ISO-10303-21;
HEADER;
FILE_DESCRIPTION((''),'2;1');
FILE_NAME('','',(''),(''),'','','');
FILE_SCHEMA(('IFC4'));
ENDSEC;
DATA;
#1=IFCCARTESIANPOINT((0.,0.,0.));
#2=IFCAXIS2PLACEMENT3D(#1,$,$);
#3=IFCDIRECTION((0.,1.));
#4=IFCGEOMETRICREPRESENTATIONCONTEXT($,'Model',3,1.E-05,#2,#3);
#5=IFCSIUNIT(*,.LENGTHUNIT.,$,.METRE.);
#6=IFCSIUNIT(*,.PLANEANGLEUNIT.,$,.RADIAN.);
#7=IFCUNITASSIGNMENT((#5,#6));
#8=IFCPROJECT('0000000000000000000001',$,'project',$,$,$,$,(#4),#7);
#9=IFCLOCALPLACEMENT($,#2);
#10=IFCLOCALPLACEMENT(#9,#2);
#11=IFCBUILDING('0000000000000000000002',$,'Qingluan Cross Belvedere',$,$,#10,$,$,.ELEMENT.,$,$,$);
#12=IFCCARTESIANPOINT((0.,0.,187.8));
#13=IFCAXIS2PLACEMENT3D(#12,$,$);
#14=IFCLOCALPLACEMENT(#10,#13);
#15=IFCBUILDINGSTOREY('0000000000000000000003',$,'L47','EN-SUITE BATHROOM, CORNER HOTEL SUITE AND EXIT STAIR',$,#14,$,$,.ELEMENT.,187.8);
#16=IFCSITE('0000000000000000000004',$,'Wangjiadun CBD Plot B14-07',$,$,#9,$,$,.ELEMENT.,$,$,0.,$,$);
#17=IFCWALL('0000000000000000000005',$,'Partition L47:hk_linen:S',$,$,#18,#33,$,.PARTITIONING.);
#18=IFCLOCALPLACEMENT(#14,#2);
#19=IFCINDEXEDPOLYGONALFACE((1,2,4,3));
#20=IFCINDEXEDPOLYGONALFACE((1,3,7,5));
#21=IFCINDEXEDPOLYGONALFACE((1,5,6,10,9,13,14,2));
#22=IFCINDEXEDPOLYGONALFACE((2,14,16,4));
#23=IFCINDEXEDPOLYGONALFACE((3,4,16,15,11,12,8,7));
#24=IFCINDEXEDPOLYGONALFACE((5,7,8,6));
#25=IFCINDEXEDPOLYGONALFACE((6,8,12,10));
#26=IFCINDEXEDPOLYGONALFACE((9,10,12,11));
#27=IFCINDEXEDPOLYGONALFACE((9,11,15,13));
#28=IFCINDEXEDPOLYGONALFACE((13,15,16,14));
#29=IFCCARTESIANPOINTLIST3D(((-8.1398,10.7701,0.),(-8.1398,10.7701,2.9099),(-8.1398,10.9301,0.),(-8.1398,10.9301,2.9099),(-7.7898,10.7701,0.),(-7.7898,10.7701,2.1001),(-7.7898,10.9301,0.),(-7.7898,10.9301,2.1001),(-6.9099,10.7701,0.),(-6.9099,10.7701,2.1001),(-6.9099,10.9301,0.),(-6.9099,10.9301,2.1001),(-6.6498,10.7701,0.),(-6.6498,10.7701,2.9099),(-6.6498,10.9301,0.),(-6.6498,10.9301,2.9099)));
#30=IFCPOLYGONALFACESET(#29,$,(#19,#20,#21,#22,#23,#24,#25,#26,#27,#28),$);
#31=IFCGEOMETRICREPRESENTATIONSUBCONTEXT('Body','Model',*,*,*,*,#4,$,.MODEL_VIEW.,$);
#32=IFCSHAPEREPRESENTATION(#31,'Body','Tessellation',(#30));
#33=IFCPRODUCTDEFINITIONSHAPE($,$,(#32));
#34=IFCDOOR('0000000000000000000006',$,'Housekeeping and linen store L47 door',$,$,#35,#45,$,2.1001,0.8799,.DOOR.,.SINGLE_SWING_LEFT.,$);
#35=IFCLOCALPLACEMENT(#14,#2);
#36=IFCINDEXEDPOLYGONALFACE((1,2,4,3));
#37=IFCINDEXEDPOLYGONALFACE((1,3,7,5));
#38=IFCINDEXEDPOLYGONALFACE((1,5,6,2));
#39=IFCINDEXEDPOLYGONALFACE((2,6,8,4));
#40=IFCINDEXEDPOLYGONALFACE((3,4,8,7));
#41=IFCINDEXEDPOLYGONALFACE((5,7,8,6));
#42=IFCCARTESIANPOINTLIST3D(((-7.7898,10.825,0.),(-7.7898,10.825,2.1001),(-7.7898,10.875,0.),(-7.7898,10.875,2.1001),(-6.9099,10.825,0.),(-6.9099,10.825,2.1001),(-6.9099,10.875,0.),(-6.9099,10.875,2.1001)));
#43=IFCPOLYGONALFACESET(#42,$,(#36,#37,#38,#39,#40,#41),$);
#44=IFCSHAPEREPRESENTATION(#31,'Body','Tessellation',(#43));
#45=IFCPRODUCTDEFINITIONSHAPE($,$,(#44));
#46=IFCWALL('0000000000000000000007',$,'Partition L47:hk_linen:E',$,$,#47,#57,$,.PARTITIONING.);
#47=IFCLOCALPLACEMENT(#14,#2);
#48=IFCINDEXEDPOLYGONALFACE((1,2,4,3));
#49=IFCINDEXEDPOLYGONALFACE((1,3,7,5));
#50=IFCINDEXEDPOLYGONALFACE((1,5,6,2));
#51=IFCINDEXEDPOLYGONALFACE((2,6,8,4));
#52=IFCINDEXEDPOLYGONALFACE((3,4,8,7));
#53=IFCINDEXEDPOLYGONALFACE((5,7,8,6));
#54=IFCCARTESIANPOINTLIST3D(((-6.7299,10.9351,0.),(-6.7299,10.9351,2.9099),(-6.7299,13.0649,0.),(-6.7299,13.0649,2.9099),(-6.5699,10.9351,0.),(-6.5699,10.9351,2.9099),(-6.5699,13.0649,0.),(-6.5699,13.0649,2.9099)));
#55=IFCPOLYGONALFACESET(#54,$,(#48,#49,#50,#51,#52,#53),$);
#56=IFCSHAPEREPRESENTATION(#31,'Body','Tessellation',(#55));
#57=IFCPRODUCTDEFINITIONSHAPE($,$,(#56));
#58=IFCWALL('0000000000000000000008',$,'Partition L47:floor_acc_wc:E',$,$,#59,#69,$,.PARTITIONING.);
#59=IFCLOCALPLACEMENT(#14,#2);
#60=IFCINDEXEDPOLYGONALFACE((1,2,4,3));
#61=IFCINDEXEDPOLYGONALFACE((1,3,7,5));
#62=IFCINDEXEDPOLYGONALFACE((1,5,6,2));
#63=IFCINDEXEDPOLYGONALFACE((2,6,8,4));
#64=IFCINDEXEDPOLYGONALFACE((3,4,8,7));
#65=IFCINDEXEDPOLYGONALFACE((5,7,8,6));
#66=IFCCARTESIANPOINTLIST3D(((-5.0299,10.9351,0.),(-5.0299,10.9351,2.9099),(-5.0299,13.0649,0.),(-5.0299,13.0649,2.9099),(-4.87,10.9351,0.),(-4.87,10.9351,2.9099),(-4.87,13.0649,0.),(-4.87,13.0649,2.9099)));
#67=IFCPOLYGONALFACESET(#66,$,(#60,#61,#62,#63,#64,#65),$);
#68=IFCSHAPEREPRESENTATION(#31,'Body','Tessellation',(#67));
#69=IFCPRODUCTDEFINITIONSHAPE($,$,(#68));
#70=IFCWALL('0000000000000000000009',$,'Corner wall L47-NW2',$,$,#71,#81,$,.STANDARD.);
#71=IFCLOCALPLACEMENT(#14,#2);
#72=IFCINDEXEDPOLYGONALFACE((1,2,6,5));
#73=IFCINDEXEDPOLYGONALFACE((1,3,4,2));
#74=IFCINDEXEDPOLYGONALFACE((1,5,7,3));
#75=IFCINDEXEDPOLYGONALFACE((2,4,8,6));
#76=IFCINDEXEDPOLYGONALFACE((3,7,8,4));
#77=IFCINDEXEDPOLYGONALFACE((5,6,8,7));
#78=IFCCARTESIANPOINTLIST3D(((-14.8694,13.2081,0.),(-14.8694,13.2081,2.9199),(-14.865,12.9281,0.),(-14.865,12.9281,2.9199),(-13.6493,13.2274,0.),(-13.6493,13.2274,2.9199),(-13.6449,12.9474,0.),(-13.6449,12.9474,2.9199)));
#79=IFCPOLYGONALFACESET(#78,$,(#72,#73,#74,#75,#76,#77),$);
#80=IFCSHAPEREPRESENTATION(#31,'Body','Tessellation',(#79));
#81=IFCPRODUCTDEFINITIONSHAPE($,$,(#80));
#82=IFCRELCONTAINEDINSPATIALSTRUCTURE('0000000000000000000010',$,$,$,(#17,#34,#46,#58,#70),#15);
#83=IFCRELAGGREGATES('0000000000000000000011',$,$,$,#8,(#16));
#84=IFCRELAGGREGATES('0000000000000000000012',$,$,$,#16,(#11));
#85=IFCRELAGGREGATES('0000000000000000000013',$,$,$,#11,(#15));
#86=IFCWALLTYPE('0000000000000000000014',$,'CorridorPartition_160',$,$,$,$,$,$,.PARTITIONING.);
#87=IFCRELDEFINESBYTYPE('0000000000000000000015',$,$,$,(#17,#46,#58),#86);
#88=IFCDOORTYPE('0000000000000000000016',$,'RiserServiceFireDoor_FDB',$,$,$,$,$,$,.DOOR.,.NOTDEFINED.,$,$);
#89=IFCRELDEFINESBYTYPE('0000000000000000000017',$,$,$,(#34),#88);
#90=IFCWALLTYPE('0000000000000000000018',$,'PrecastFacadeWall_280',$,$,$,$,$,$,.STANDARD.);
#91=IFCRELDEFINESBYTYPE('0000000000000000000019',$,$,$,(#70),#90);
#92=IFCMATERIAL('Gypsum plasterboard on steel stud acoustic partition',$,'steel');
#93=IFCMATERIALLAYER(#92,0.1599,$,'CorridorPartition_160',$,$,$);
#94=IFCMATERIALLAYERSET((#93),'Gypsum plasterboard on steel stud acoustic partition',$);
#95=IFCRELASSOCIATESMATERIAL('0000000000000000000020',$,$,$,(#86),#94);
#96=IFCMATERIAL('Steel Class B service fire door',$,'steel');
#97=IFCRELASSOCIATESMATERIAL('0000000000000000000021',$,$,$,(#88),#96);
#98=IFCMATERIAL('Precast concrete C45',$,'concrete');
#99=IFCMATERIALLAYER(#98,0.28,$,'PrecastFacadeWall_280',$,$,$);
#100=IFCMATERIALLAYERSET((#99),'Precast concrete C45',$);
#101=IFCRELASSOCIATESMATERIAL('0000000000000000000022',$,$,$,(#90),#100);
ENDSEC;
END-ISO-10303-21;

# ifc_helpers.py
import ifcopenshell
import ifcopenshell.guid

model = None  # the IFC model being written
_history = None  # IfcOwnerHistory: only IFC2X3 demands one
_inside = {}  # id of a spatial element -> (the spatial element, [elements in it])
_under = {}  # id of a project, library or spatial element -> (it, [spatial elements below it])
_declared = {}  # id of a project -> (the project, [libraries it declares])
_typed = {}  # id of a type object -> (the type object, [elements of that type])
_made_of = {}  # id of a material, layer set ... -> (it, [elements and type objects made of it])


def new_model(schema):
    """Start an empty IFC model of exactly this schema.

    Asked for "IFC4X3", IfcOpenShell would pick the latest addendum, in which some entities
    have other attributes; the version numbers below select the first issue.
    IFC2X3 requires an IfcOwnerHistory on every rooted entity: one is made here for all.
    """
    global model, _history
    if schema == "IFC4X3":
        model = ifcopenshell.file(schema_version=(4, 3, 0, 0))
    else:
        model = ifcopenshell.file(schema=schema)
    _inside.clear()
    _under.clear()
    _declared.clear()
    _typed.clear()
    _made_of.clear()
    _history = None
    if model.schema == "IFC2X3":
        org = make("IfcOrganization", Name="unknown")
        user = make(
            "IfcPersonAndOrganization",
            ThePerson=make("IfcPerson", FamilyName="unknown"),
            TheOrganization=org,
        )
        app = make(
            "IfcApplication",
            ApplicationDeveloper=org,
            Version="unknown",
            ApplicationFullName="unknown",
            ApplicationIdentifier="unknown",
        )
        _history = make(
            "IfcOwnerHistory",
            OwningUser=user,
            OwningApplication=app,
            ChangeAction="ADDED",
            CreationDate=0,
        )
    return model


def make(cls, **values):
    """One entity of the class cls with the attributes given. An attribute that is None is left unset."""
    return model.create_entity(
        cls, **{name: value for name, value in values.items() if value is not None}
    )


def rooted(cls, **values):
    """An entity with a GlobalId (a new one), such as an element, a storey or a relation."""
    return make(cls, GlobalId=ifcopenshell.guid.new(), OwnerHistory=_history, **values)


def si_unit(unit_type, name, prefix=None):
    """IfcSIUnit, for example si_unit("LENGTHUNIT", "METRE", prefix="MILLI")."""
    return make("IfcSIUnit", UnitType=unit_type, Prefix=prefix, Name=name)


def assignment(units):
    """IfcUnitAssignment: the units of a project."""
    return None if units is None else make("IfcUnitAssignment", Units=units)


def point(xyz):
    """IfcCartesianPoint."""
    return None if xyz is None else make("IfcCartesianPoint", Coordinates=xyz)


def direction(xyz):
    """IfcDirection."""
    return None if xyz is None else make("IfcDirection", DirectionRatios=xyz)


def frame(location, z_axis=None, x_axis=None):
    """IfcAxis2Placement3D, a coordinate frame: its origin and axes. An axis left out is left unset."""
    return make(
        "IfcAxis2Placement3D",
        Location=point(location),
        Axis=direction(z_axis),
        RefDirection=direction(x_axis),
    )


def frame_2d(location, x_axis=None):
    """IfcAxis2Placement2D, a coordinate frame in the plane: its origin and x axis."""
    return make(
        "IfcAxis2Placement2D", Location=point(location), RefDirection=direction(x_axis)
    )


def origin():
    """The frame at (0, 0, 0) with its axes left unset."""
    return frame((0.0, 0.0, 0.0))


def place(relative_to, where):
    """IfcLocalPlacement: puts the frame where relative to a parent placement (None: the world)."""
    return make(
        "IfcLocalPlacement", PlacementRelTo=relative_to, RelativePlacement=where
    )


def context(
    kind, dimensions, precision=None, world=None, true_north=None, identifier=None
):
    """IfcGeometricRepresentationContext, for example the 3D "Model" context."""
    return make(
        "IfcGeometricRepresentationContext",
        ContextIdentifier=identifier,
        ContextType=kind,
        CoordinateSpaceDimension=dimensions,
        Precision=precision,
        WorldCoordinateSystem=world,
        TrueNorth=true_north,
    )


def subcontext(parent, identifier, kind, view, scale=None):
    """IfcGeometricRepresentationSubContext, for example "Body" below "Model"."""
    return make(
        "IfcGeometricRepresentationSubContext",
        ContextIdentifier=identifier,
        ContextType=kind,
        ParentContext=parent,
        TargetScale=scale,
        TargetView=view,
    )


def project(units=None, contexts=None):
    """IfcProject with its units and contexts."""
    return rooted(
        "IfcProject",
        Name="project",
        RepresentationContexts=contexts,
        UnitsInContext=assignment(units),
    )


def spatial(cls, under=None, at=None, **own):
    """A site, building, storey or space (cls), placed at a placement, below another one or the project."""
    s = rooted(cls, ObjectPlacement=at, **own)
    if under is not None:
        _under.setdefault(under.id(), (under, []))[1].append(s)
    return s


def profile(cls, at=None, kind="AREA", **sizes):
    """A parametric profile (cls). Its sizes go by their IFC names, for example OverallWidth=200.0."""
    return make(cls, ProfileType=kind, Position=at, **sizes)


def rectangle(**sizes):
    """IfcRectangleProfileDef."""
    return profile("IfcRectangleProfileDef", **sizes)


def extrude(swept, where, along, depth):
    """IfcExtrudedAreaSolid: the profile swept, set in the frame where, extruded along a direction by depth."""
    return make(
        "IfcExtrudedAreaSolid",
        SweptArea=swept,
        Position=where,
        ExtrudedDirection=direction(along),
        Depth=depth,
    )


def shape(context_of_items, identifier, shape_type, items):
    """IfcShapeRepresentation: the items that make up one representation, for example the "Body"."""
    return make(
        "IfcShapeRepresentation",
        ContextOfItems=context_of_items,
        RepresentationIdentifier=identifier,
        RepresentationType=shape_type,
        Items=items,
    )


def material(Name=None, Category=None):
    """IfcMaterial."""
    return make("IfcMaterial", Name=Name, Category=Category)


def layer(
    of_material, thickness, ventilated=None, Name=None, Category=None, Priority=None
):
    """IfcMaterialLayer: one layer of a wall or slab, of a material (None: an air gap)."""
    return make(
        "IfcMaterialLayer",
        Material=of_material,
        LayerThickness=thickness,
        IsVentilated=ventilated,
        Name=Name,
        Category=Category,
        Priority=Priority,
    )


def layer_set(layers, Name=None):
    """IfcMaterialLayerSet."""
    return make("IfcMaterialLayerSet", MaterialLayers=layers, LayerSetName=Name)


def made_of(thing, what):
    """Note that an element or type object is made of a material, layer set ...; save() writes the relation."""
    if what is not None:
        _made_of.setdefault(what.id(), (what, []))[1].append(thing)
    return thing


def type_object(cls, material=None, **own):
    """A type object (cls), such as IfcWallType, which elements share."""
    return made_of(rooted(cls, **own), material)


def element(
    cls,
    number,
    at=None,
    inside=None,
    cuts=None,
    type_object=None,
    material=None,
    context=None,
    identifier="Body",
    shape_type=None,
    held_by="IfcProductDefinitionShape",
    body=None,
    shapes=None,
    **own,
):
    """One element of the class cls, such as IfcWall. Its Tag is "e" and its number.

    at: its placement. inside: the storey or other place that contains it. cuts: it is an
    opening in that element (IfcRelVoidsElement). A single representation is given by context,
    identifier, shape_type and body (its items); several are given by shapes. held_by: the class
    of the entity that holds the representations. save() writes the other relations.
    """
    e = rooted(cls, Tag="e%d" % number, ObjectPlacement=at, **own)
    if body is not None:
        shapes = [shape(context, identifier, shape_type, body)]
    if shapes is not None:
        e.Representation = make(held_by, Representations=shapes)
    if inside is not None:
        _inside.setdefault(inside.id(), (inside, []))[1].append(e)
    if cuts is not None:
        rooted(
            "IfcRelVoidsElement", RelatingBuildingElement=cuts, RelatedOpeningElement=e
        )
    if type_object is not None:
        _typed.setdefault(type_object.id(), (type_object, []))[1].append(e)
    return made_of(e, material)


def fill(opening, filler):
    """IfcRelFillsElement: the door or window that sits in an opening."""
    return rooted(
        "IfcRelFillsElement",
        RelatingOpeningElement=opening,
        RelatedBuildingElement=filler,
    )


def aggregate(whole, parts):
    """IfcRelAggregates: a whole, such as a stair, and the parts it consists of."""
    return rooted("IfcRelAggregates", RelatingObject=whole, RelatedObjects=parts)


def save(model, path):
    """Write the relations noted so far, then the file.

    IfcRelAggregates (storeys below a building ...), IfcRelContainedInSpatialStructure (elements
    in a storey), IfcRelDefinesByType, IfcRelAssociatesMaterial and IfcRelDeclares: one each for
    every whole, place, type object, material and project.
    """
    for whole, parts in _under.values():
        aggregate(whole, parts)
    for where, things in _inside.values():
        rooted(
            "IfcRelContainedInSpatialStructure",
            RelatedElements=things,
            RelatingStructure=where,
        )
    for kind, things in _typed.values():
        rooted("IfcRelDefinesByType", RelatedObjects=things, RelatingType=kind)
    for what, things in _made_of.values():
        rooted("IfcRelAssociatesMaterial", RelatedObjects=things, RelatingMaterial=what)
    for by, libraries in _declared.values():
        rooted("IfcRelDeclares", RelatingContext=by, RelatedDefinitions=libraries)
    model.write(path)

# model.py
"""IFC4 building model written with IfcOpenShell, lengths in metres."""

from ifc_helpers import new_model, si_unit, direction, frame, frame_2d, origin, place, context, subcontext, project, spatial, rectangle, extrude, material, layer, layer_set, type_object, element, fill, save


model = new_model("IFC4")

# Units and contexts
model_context = context("Model", 3, precision=1e-05, world=origin(), true_north=direction((0.0, 1.0)))
body_context = subcontext(model_context, "Body", "Model", "MODEL_VIEW")
ifc_project = project(units=[si_unit("LENGTHUNIT", "METRE"), si_unit("PLANEANGLEUNIT", "RADIAN")], contexts=[model_context])

# Site, building, storey
site_placement = place(None, origin())
site = spatial("IfcSite", under=ifc_project, at=site_placement, Name="Wangjiadun CBD Plot B14-07", CompositionType="ELEMENT", RefElevation=0.0)
building_placement = place(site_placement, origin())
building = spatial("IfcBuilding", under=site, at=building_placement, Name="Qingluan Cross Belvedere", CompositionType="ELEMENT")
storey_placement = place(building_placement, frame((0.0, 0.0, 187.8)))
storey = spatial("IfcBuildingStorey", under=building, at=storey_placement, Name="L47", Description="EN-SUITE BATHROOM, CORNER HOTEL SUITE AND EXIT STAIR", CompositionType="ELEMENT", Elevation=187.8)

# Shared definitions
ifc_material_1 = material(Name="Gypsum plasterboard on steel stud acoustic partition", Category="steel")
ifc_layer_1 = layer(ifc_material_1, 0.1599, Name="CorridorPartition_160")
ifc_layer_set_1 = layer_set([ifc_layer_1], Name="Gypsum plasterboard on steel stud acoustic partition")
wall_type_1 = type_object("IfcWallType", Name="CorridorPartition_160", PredefinedType="PARTITIONING", material=ifc_layer_set_1)

# Wall, opening, door
wall_1_placement = place(storey_placement, frame((-8.1399, 10.8501, 0.0), z_axis=(0.0, 0.0, 1.0), x_axis=(1.0, 0.0, 0.0)))
wall_1 = element("IfcWall", 1, at=wall_1_placement, inside=storey, type_object=wall_type_1, Name="Partition L47:hk_linen:S", PredefinedType="PARTITIONING", context=body_context, shape_type="SweptSolid", body=[
    extrude(rectangle(XDim=1.49, YDim=0.1599, at=frame_2d((0.7451, 0.0))), origin(), (0.0, 0.0, 1.0), 2.9099),
])
opening_1_placement = place(wall_1_placement, frame((0.3501, 0.0, 0.0)))
opening_1 = element("IfcOpeningElement", 2, at=opening_1_placement, cuts=wall_1, PredefinedType="OPENING", context=body_context, shape_type="SweptSolid", body=[
    extrude(rectangle(XDim=0.8799, YDim=2.1001, at=frame_2d((0.4399, 1.05))), frame((0.0, 0.0898, 0.0), z_axis=(0.0, -1.0, 0.0), x_axis=(1.0, 0.0, 0.0)), (0.0, 0.0, 1.0), 0.1799),
])
ifc_material_2 = material(Name="Steel Class B service fire door", Category="steel")
door_type_1 = type_object("IfcDoorType", Name="RiserServiceFireDoor_FDB", OperationType="NOTDEFINED", PredefinedType="DOOR", material=ifc_material_2)
door_1_placement = place(opening_1_placement, origin())
door_1 = element("IfcDoor", 3, at=door_1_placement, inside=storey, type_object=door_type_1, Name="Housekeeping and linen store L47 door", OperationType="SINGLE_SWING_LEFT", OverallHeight=2.1001, OverallWidth=0.8799, PredefinedType="DOOR", context=body_context, shape_type="SweptSolid", body=[
    extrude(rectangle(XDim=0.8799, YDim=2.1001, at=frame_2d((0.4399, 1.05))), frame((0.0, 0.0249, 0.0), z_axis=(0.0, -1.0, 0.0), x_axis=(1.0, 0.0, 0.0)), (0.0, 0.0, 1.0), 0.05),
])
fill(opening_1, door_1)

# Wall
wall_2_placement = place(storey_placement, frame((-6.6499, 10.9351, 0.0), z_axis=(0.0, 0.0, 1.0), x_axis=(0.0, 1.0, 0.0)))
element("IfcWall", 4, at=wall_2_placement, inside=storey, type_object=wall_type_1, Name="Partition L47:hk_linen:E", PredefinedType="PARTITIONING", context=body_context, shape_type="SweptSolid", body=[
    extrude(rectangle(XDim=2.1299, YDim=0.1599, at=frame_2d((1.0649, 0.0))), origin(), (0.0, 0.0, 1.0), 2.9099),
])

# Walls
wall_3_placement = place(storey_placement, frame((-4.95, 10.9351, 0.0), z_axis=(0.0, 0.0, 1.0), x_axis=(0.0, 1.0, 0.0)))
element("IfcWall", 5, at=wall_3_placement, inside=storey, type_object=wall_type_1, Name="Partition L47:floor_acc_wc:E", PredefinedType="PARTITIONING", context=body_context, shape_type="SweptSolid", body=[
    extrude(rectangle(XDim=2.1299, YDim=0.1599, at=frame_2d((1.0649, 0.0))), origin(), (0.0, 0.0, 1.0), 2.9099),
])
ifc_material_3 = material(Name="Precast concrete C45", Category="concrete")
ifc_layer_2 = layer(ifc_material_3, 0.28, Name="PrecastFacadeWall_280")
ifc_layer_set_2 = layer_set([ifc_layer_2], Name="Precast concrete C45")
wall_type_2 = type_object("IfcWallType", Name="PrecastFacadeWall_280", PredefinedType="STANDARD", material=ifc_layer_set_2)
wall_4_placement = place(storey_placement, frame((-14.8672, 13.0681, 0.0), z_axis=(0.0, 0.0, 1.0), x_axis=(0.999875, 0.015808, 0.0)))
element("IfcWall", 6, at=wall_4_placement, inside=storey, type_object=wall_type_2, Name="Corner wall L47-NW2", PredefinedType="STANDARD", context=body_context, shape_type="SweptSolid", body=[
    extrude(rectangle(XDim=1.2202, YDim=0.28, at=frame_2d((0.6101, 0.0))), origin(), (0.0, 0.0, 1.0), 2.9199),
])

save(model, "model.ifc")
